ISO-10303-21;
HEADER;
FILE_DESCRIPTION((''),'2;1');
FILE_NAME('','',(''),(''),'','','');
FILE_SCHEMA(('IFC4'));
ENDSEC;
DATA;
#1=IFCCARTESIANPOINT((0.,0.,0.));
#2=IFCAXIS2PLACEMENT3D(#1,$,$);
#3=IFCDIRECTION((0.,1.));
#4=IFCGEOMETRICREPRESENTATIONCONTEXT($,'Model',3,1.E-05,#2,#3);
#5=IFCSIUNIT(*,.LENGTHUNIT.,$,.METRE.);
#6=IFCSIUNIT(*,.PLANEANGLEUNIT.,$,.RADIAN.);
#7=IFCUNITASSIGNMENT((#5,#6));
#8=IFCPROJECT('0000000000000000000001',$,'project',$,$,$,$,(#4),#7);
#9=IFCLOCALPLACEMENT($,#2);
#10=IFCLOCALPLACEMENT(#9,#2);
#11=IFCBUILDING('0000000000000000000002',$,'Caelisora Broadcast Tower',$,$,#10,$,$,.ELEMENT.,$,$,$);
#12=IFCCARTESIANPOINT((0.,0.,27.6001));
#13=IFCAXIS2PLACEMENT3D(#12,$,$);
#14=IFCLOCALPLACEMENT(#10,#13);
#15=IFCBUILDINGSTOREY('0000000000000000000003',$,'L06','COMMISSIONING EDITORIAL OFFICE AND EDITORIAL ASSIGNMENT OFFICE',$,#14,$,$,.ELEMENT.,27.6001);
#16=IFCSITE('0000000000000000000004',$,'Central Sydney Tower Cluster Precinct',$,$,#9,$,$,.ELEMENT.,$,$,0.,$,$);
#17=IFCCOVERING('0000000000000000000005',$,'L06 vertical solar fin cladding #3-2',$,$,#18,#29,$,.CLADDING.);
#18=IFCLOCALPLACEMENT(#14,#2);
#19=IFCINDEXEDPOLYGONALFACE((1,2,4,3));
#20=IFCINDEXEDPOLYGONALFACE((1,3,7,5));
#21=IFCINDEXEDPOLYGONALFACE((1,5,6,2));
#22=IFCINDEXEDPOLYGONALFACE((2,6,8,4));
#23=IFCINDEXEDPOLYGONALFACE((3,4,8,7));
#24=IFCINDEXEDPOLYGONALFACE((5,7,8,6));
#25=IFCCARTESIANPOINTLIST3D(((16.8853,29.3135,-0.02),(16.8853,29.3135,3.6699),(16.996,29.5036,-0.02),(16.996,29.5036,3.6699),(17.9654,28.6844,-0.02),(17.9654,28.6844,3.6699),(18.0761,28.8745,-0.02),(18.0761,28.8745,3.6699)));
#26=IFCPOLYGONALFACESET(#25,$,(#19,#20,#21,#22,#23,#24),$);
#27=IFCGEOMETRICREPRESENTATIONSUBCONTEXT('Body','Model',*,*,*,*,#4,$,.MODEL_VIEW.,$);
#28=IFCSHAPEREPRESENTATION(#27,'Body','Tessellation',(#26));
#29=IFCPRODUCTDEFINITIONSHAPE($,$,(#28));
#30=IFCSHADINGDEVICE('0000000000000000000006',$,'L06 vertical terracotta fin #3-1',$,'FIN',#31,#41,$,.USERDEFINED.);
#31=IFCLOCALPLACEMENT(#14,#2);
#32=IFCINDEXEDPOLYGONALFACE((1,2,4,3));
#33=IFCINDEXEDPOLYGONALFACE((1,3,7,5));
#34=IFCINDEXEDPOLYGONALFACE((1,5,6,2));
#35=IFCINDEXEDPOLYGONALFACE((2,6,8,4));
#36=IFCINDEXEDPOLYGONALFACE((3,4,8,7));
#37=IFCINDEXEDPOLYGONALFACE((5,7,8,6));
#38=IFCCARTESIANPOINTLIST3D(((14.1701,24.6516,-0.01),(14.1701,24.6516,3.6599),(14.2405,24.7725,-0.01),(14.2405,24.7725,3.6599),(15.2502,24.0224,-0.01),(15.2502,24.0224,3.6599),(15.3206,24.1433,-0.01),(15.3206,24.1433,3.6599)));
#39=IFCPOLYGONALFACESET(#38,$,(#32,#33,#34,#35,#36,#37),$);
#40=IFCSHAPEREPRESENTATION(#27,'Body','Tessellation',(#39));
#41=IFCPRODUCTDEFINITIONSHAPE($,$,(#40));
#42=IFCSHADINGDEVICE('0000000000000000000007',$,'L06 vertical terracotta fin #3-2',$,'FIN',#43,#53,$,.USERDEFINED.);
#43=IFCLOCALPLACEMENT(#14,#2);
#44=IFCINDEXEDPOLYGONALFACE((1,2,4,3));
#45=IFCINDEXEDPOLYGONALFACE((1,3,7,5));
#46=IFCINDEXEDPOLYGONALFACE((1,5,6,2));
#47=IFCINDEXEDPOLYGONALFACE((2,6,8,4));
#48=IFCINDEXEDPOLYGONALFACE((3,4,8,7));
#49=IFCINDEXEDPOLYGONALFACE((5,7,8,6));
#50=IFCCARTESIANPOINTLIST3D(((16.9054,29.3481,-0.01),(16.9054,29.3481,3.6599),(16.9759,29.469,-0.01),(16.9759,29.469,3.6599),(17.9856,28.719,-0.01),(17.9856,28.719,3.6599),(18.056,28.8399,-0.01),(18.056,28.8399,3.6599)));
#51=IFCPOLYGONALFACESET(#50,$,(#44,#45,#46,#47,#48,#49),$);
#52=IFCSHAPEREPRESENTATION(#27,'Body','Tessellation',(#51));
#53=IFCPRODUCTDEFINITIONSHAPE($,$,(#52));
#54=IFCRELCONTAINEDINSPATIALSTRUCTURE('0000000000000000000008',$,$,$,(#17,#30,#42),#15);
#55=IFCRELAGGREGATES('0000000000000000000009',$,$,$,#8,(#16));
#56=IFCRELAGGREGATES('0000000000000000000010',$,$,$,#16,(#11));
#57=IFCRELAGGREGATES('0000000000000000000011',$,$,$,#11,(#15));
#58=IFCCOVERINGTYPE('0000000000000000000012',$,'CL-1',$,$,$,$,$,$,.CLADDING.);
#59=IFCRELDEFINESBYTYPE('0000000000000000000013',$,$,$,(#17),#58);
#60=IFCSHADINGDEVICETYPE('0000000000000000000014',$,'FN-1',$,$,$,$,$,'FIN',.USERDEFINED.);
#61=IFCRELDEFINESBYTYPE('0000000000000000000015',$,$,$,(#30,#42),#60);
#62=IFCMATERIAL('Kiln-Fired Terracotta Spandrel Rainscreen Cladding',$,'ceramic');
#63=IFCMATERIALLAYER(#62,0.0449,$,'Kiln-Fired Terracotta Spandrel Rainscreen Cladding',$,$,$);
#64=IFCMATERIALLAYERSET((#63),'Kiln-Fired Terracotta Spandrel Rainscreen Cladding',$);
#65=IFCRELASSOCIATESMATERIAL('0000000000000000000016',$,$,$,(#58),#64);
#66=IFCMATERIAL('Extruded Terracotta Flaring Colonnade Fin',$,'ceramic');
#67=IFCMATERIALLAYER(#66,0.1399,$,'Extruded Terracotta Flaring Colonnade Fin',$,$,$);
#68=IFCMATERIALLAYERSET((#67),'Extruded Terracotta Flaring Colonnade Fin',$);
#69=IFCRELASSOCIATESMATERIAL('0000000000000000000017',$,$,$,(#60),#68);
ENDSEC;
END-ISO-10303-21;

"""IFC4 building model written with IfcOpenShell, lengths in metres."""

from ifc_helpers import new_model, si_unit, direction, frame, origin, origin_2d, place, context, subcontext, project, spatial, rectangle, extrude, source, transform, mapped, material, layer, layer_set, type_object, type_shapes, element, save


model = new_model("IFC4")

# Units and contexts
model_context = context("Model", 3, precision=1e-05, world=origin(), true_north=direction((0.0, 1.0)))
body_context = subcontext(model_context, "Body", "Model", "MODEL_VIEW")
ifc_project = project(units=[si_unit("LENGTHUNIT", "METRE"), si_unit("PLANEANGLEUNIT", "RADIAN")], contexts=[model_context])

# Site, building, storey
site_placement = place(None, origin())
site = spatial("IfcSite", under=ifc_project, at=site_placement, Name="Central Sydney Tower Cluster Precinct", CompositionType="ELEMENT", RefElevation=0.0)
building_placement = place(site_placement, origin())
building = spatial("IfcBuilding", under=site, at=building_placement, Name="Caelisora Broadcast Tower", CompositionType="ELEMENT")
storey_placement = place(building_placement, frame((0.0, 0.0, 27.6001)))
storey = spatial("IfcBuildingStorey", under=building, at=storey_placement, Name="L06", Description="COMMISSIONING EDITORIAL OFFICE AND EDITORIAL ASSIGNMENT OFFICE", CompositionType="ELEMENT", Elevation=27.6001)

# Covering
ifc_material_1 = material(Name="Kiln-Fired Terracotta Spandrel Rainscreen Cladding", Category="ceramic")
ifc_layer_1 = layer(ifc_material_1, 0.0449, Name="Kiln-Fired Terracotta Spandrel Rainscreen Cladding")
ifc_layer_set_1 = layer_set([ifc_layer_1], Name="Kiln-Fired Terracotta Spandrel Rainscreen Cladding")
covering_type = type_object("IfcCoveringType", Name="CL-1", PredefinedType="CLADDING", material=ifc_layer_set_1)
shared_shape_1 = source(origin(), body_context, "Body", "SweptSolid", [
    extrude(rectangle(XDim=0.22, YDim=1.25, at=origin_2d()), origin(), (0.0, 0.0, 1.0), 3.6899),
])
type_shapes(covering_type, [shared_shape_1])
for number, where, z_axis, x_axis, name in (
    (1, (17.4807, 29.094, -0.02), (0.0, 0.0, 1.0), (0.503322, 0.864099, 0.0), "L06 vertical solar fin cladding #3-2"),
):
    element("IfcCovering", number, at=place(storey_placement, frame(where, z_axis=z_axis, x_axis=x_axis)), inside=storey, type_object=covering_type, Name=name, PredefinedType="CLADDING", context=body_context, shape_type="MappedRepresentation", body=[
        mapped(shared_shape_1, transform((0.0, 0.0, 0.0), scale=1.0)),
    ])

# Shading devices
ifc_material_2 = material(Name="Extruded Terracotta Flaring Colonnade Fin", Category="ceramic")
ifc_layer_2 = layer(ifc_material_2, 0.1399, Name="Extruded Terracotta Flaring Colonnade Fin")
ifc_layer_set_2 = layer_set([ifc_layer_2], Name="Extruded Terracotta Flaring Colonnade Fin")
shading_device_type = type_object("IfcShadingDeviceType", Name="FN-1", ElementType="FIN", PredefinedType="USERDEFINED", material=ifc_layer_set_2)
shared_shape_2 = source(origin(), body_context, "Body", "SweptSolid", [
    extrude(rectangle(XDim=0.1399, YDim=1.25, at=origin_2d()), origin(), (0.0, 0.0, 1.0), 3.6699),
])
type_shapes(shading_device_type, [shared_shape_2])
for number, where, z_axis, x_axis, name in (
    (2, (14.7454, 24.3975, -0.01), (0.0, 0.0, 1.0), (0.503322, 0.864099, 0.0), "L06 vertical terracotta fin #3-1"),
    (3, (17.4807, 29.094, -0.01), (0.0, 0.0, 1.0), (0.503322, 0.864099, 0.0), "L06 vertical terracotta fin #3-2"),
):
    element("IfcShadingDevice", number, at=place(storey_placement, frame(where, z_axis=z_axis, x_axis=x_axis)), inside=storey, type_object=shading_device_type, Name=name, ObjectType="FIN", PredefinedType="USERDEFINED", context=body_context, shape_type="MappedRepresentation", body=[
        mapped(shared_shape_2, transform((0.0, 0.0, 0.0), scale=1.0)),
    ])

save(model, "model.ifc")
